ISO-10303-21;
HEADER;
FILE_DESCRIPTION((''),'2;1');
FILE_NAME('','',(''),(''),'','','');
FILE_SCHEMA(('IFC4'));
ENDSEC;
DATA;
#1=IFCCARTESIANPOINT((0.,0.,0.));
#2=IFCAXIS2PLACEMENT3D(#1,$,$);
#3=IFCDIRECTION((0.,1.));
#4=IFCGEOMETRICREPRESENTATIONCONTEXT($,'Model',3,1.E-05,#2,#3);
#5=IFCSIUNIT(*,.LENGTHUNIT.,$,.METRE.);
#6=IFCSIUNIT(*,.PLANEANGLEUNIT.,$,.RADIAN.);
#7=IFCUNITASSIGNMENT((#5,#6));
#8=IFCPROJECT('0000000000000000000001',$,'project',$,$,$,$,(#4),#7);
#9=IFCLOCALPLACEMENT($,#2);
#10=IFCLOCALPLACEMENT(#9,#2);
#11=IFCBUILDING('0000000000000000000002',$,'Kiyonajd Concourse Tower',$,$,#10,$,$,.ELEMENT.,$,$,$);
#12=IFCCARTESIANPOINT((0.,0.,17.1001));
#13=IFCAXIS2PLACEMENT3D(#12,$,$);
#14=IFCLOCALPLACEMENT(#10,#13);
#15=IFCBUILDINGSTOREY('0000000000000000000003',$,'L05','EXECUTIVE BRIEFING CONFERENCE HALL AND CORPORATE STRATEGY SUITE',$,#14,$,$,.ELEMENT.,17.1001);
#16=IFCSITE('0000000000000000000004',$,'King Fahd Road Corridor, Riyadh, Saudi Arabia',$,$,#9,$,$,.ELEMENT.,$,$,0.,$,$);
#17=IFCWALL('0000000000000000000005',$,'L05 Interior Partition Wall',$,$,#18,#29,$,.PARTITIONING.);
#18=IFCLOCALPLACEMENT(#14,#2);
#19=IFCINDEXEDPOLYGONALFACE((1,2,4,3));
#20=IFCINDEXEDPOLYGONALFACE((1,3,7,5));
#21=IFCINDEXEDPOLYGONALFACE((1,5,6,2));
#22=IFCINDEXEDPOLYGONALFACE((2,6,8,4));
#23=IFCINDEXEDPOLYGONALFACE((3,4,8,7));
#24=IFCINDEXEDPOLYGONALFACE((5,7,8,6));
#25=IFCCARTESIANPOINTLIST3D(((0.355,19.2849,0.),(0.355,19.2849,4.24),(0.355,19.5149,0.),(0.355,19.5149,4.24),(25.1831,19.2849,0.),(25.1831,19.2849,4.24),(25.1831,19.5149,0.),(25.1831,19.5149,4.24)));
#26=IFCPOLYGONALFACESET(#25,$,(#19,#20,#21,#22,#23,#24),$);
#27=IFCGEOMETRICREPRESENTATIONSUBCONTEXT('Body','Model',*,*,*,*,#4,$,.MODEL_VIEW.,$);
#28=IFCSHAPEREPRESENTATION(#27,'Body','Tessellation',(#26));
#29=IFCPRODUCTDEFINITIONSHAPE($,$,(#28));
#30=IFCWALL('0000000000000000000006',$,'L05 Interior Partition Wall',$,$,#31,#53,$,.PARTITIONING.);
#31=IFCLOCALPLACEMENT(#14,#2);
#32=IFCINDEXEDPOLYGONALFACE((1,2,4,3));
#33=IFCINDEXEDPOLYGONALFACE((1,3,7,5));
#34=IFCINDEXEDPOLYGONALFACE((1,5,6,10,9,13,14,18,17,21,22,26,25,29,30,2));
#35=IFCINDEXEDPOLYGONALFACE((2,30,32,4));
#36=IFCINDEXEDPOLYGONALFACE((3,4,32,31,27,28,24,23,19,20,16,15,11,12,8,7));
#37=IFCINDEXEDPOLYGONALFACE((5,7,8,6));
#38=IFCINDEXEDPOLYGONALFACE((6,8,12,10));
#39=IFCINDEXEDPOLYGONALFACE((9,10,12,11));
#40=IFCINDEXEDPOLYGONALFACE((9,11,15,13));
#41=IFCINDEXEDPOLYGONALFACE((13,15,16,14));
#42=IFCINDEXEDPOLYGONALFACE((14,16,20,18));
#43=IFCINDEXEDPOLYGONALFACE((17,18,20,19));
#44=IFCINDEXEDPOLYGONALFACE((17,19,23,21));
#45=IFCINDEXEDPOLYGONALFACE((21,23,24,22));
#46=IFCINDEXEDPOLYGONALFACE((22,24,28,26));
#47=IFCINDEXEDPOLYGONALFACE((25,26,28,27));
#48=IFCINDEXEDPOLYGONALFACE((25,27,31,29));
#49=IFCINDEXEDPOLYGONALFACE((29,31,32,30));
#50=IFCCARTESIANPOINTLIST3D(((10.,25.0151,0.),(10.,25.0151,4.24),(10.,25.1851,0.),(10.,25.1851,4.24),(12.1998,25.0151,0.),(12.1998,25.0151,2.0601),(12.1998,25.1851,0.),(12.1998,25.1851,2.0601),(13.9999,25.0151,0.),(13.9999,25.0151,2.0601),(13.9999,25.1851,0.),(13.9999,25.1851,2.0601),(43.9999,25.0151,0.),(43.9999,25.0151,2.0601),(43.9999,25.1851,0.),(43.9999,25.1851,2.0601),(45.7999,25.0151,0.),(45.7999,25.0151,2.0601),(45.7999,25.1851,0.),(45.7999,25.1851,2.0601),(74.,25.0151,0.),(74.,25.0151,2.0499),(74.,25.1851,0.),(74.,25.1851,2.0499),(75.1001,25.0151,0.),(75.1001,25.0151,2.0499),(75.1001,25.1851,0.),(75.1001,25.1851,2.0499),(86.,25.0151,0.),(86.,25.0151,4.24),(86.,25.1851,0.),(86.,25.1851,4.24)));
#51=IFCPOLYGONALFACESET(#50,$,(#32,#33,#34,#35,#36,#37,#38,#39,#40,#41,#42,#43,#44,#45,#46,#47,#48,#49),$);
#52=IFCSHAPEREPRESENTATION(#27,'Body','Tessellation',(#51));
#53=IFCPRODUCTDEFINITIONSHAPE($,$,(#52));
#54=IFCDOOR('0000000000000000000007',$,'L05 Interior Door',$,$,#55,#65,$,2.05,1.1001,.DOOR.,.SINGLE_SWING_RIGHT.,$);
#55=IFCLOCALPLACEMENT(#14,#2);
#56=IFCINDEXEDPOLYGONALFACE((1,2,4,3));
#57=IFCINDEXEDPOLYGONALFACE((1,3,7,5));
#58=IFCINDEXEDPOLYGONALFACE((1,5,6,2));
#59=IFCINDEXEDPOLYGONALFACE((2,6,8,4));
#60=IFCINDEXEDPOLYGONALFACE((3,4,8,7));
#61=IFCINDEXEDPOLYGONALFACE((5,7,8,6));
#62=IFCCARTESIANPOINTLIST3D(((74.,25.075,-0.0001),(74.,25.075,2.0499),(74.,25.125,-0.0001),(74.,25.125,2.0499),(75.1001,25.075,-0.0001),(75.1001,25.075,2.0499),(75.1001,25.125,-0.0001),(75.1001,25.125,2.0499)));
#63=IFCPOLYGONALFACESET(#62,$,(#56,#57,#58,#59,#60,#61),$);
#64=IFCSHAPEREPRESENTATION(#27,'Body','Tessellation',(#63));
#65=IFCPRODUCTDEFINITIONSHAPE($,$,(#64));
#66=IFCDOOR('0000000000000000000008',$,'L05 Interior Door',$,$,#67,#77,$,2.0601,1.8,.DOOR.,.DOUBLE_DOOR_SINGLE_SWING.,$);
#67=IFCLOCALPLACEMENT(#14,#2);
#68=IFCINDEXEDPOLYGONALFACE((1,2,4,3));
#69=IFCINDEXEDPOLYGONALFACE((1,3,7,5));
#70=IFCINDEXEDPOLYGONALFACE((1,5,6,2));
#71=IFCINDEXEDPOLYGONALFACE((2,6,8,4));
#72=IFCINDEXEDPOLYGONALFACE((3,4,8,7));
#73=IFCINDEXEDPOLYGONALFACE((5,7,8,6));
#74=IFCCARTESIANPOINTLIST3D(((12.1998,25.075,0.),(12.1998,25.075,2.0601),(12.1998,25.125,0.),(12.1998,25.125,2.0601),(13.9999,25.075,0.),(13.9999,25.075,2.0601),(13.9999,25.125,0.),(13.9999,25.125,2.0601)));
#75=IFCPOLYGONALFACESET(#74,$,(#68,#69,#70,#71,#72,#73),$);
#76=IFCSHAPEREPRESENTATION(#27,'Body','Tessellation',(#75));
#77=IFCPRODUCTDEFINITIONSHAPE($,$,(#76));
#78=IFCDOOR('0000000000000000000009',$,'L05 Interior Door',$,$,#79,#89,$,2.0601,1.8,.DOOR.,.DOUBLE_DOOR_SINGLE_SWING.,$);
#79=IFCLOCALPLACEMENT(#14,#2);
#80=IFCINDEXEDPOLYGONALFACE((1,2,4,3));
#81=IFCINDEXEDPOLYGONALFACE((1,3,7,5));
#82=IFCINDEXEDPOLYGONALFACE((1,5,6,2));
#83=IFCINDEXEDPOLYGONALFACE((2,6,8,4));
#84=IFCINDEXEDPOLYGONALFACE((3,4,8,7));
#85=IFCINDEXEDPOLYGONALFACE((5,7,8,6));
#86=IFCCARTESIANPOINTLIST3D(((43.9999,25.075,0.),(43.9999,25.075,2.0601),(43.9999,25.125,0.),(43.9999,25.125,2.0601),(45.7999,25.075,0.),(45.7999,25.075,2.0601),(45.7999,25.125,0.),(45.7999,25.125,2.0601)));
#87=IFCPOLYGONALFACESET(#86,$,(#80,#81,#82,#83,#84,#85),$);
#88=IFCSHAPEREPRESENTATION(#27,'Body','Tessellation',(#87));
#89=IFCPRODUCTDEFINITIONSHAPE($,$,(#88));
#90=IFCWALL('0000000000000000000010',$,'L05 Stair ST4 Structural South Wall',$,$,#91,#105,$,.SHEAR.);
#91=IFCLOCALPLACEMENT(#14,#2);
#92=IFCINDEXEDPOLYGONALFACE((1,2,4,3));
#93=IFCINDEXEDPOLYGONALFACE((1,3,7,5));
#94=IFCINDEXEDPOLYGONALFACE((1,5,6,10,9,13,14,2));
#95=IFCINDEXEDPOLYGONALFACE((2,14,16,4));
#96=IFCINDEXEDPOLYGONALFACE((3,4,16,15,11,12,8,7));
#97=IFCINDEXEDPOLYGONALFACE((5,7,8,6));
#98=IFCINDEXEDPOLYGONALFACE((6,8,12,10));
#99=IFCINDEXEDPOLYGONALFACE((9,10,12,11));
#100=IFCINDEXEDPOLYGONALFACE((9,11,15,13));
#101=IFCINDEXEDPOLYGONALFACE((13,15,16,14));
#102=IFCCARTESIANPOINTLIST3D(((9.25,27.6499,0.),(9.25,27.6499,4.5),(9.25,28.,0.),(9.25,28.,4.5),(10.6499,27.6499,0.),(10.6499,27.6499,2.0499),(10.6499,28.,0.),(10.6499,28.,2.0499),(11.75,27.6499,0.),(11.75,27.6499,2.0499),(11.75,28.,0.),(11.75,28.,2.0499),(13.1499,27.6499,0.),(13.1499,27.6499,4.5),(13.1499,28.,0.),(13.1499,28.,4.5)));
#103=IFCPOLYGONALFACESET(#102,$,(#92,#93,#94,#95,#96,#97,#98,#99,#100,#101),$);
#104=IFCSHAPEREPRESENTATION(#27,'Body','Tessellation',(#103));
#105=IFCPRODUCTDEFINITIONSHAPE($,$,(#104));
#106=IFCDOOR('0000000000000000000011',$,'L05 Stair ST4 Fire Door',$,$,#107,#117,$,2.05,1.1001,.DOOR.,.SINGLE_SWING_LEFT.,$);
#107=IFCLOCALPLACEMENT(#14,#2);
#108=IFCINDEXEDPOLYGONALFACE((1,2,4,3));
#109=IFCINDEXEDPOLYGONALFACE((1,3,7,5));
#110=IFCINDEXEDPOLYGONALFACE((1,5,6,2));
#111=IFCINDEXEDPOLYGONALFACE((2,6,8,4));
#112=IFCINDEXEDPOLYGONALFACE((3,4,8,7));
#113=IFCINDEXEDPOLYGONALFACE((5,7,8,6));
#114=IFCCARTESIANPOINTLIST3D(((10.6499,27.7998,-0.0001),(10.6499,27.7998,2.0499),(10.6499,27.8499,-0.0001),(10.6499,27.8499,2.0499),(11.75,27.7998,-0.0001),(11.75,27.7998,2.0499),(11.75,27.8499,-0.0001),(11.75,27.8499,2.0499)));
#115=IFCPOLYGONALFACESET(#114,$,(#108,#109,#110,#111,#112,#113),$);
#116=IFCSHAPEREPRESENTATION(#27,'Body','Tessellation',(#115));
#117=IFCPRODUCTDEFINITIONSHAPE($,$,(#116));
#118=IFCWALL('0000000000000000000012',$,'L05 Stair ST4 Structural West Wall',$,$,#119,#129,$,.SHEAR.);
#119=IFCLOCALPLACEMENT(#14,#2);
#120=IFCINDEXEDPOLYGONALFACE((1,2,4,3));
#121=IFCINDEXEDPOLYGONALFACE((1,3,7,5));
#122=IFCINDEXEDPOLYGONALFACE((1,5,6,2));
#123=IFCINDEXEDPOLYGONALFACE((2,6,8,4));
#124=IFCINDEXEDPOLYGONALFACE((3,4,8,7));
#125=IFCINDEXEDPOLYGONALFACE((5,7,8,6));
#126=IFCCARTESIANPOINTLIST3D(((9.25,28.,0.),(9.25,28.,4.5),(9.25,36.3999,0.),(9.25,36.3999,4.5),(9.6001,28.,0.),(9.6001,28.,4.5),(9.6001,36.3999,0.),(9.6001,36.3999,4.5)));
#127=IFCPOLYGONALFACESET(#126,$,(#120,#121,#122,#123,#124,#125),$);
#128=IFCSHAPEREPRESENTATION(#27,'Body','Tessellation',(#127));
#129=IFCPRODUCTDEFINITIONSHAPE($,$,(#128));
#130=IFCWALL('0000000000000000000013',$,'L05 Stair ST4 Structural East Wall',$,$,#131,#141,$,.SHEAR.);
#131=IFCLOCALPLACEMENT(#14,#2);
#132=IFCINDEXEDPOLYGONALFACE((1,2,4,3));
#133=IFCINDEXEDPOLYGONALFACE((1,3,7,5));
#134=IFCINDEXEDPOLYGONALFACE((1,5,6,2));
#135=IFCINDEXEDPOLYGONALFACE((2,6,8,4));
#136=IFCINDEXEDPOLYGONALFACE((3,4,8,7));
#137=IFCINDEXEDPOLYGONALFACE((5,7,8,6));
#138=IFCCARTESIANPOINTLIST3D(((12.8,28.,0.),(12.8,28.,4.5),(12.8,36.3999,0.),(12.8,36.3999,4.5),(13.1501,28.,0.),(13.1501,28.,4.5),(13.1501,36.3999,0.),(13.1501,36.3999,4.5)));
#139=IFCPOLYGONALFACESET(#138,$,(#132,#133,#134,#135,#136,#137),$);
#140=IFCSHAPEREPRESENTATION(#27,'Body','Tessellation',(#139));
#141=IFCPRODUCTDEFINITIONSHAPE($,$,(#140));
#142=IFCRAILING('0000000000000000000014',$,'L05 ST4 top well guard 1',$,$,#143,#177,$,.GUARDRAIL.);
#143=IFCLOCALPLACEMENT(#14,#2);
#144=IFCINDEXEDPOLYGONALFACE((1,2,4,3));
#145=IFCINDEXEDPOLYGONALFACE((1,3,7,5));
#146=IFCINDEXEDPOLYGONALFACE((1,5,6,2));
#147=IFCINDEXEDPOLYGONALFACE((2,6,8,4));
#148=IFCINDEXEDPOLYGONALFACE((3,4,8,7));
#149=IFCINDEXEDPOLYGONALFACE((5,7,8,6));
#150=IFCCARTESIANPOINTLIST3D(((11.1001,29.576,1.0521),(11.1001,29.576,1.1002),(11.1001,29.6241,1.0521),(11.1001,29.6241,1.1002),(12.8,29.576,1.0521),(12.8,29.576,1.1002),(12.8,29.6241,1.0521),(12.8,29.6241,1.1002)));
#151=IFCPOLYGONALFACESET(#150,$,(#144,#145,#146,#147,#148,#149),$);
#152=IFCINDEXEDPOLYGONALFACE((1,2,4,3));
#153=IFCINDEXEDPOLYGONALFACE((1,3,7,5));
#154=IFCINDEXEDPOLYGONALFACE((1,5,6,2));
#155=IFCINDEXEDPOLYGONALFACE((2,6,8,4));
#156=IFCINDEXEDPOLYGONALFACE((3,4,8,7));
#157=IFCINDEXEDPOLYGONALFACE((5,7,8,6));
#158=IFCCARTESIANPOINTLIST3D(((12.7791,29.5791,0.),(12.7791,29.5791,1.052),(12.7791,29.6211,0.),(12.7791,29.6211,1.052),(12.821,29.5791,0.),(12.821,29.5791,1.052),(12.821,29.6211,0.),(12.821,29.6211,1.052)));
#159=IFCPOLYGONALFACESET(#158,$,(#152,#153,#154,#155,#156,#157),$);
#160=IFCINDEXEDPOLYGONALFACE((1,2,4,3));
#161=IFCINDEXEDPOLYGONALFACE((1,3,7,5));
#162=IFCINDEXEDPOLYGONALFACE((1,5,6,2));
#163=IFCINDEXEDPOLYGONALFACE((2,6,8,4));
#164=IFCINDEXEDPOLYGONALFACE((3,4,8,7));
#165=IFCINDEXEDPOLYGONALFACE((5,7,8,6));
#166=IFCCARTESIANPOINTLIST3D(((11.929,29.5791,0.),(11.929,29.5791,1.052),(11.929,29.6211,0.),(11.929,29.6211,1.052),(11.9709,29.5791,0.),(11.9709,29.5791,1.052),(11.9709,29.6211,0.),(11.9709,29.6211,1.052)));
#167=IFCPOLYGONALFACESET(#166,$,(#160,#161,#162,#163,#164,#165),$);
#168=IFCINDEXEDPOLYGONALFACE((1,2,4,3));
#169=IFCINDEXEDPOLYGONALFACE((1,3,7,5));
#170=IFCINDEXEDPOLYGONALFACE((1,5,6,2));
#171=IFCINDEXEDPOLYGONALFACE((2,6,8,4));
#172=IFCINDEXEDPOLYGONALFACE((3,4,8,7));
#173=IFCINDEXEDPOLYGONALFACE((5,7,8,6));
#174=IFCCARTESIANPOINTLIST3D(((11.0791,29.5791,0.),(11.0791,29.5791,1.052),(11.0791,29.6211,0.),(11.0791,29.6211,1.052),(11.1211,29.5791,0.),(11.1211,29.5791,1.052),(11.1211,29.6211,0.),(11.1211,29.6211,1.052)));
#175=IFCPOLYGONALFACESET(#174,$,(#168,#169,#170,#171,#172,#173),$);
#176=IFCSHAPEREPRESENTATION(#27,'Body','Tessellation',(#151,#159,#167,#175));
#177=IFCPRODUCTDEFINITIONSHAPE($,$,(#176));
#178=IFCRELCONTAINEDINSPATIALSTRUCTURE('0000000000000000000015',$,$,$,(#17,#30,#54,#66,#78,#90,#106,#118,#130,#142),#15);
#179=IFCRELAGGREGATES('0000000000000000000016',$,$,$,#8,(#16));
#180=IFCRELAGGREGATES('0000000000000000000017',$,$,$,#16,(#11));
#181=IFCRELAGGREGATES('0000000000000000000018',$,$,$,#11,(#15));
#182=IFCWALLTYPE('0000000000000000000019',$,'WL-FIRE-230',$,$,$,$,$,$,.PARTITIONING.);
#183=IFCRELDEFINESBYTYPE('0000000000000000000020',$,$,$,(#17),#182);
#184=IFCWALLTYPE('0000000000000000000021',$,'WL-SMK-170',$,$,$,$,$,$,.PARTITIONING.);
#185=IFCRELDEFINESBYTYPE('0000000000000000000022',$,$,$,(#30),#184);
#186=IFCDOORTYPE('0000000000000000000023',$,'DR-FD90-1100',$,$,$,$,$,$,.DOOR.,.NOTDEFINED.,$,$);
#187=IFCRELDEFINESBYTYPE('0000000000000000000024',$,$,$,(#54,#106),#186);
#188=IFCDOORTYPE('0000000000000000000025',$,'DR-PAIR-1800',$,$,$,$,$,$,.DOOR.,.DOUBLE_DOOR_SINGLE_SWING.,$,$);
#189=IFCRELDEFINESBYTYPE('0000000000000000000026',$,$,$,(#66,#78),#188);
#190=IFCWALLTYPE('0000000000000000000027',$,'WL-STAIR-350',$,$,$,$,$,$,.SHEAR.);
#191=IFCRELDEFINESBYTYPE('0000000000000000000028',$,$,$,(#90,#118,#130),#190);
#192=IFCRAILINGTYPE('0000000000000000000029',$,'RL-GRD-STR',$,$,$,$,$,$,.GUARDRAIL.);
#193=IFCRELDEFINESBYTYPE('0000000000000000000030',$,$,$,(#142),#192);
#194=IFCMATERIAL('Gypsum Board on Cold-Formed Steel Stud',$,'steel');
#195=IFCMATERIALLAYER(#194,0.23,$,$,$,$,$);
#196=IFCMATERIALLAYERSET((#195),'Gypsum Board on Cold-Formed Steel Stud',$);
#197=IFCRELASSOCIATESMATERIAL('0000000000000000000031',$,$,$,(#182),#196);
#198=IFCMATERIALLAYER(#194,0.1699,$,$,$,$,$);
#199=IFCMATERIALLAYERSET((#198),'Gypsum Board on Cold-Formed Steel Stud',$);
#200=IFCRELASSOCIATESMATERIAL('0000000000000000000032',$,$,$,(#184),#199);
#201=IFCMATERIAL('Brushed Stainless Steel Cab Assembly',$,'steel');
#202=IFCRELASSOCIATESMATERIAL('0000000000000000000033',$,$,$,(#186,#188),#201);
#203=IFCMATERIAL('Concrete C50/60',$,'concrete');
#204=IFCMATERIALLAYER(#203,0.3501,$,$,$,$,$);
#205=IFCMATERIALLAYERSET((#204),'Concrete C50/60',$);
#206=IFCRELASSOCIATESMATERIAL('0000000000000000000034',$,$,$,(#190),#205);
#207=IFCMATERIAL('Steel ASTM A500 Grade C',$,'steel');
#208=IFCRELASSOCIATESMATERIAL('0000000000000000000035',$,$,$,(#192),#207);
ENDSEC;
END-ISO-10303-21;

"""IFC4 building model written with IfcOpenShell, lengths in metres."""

from ifc_helpers import new_model, si_unit, direction, frame, frame_2d, origin, origin_2d, place, context, subcontext, project, spatial, rectangle, extrude, material, layer, layer_set, type_object, element, fill, save


model = new_model("IFC4")

# Units and contexts
model_context = context("Model", 3, precision=1e-05, world=origin(), true_north=direction((0.0, 1.0)))
body_context = subcontext(model_context, "Body", "Model", "MODEL_VIEW")
ifc_project = project(units=[si_unit("LENGTHUNIT", "METRE"), si_unit("PLANEANGLEUNIT", "RADIAN")], contexts=[model_context])

# Site, building, storey
site_placement = place(None, origin())
site = spatial("IfcSite", under=ifc_project, at=site_placement, Name="King Fahd Road Corridor, Riyadh, Saudi Arabia", CompositionType="ELEMENT", RefElevation=0.0)
building_placement = place(site_placement, origin())
building = spatial("IfcBuilding", under=site, at=building_placement, Name="Kiyonajd Concourse Tower", CompositionType="ELEMENT")
storey_placement = place(building_placement, frame((0.0, 0.0, 17.1001)))
storey = spatial("IfcBuildingStorey", under=building, at=storey_placement, Name="L05", Description="EXECUTIVE BRIEFING CONFERENCE HALL AND CORPORATE STRATEGY SUITE", CompositionType="ELEMENT", Elevation=17.1001)

# Shared definitions
ifc_material_1 = material(Name="Concrete C50/60", Category="concrete")

# Shared definitions
ifc_material_2 = material(Name="Steel ASTM A500 Grade C", Category="steel")

# Wall
ifc_material_3 = material(Name="Gypsum Board on Cold-Formed Steel Stud", Category="steel")
ifc_layer_1 = layer(ifc_material_3, 0.23)
ifc_layer_set_1 = layer_set([ifc_layer_1], Name="Gypsum Board on Cold-Formed Steel Stud")
wall_type_1 = type_object("IfcWallType", Name="WL-FIRE-230", PredefinedType="PARTITIONING", material=ifc_layer_set_1)
wall_1_placement = place(storey_placement, frame((0.355, 19.3999, 0.0), z_axis=(0.0, 0.0, 1.0), x_axis=(1.0, 0.0, 0.0)))
element("IfcWall", 1, at=wall_1_placement, inside=storey, type_object=wall_type_1, Name="L05 Interior Partition Wall", PredefinedType="PARTITIONING", context=body_context, shape_type="SweptSolid", body=[
    extrude(rectangle(XDim=24.8281, YDim=0.23, at=frame_2d((12.4141, 0.0))), origin(), (0.0, 0.0, 1.0), 4.24),
])

# Wall, openings, doors
ifc_layer_2 = layer(ifc_material_3, 0.1699)
ifc_layer_set_2 = layer_set([ifc_layer_2], Name="Gypsum Board on Cold-Formed Steel Stud")
wall_type_2 = type_object("IfcWallType", Name="WL-SMK-170", PredefinedType="PARTITIONING", material=ifc_layer_set_2)
wall_2_placement = place(storey_placement, frame((10.0, 25.1001, 0.0), z_axis=(0.0, 0.0, 1.0), x_axis=(1.0, 0.0, 0.0)))
wall_2 = element("IfcWall", 2, at=wall_2_placement, inside=storey, type_object=wall_type_2, Name="L05 Interior Partition Wall", PredefinedType="PARTITIONING", context=body_context, shape_type="SweptSolid", body=[
    extrude(rectangle(XDim=76.0, YDim=0.1699, at=frame_2d((38.0, 0.0))), origin(), (0.0, 0.0, 1.0), 4.24),
])
opening_1_placement = place(wall_2_placement, frame((2.2, 0.0, 0.0)))
opening_1 = element("IfcOpeningElement", 3, at=opening_1_placement, cuts=wall_2, PredefinedType="OPENING", context=body_context, shape_type="SweptSolid", body=[
    extrude(rectangle(XDim=1.8, YDim=2.0601, at=frame_2d((0.8999, 1.03))), frame((0.0, 0.095, 0.0), z_axis=(0.0, -1.0, 0.0), x_axis=(1.0, 0.0, 0.0)), (0.0, 0.0, 1.0), 0.1899),
])
opening_2_placement = place(wall_2_placement, frame((34.0, 0.0, 0.0)))
opening_2 = element("IfcOpeningElement", 4, at=opening_2_placement, cuts=wall_2, PredefinedType="OPENING", context=body_context, shape_type="SweptSolid", body=[
    extrude(rectangle(XDim=1.8, YDim=2.0601, at=frame_2d((0.8999, 1.03))), frame((0.0, 0.095, 0.0), z_axis=(0.0, -1.0, 0.0), x_axis=(1.0, 0.0, 0.0)), (0.0, 0.0, 1.0), 0.1899),
])
opening_3_placement = place(wall_2_placement, frame((64.0, 0.0, 0.0)))
opening_3 = element("IfcOpeningElement", 5, at=opening_3_placement, cuts=wall_2, PredefinedType="OPENING", context=body_context, shape_type="SweptSolid", body=[
    extrude(rectangle(XDim=1.1001, YDim=2.05, at=frame_2d((0.55, 1.0249))), frame((0.0, 0.095, 0.0), z_axis=(0.0, -1.0, 0.0), x_axis=(1.0, 0.0, 0.0)), (0.0, 0.0, 1.0), 0.1899),
])
ifc_material_4 = material(Name="Brushed Stainless Steel Cab Assembly", Category="steel")
door_type_1 = type_object("IfcDoorType", Name="DR-FD90-1100", OperationType="NOTDEFINED", PredefinedType="DOOR", material=ifc_material_4)
door_1_placement = place(opening_3_placement, origin())
door_1 = element("IfcDoor", 6, at=door_1_placement, inside=storey, type_object=door_type_1, Name="L05 Interior Door", OperationType="SINGLE_SWING_RIGHT", OverallHeight=2.05, OverallWidth=1.1001, PredefinedType="DOOR", context=body_context, shape_type="SweptSolid", body=[
    extrude(rectangle(XDim=1.1001, YDim=2.05, at=frame_2d((0.55, 1.0249))), frame((0.0, 0.0249, 0.0), z_axis=(0.0, -1.0, 0.0), x_axis=(1.0, 0.0, 0.0)), (0.0, 0.0, 1.0), 0.05),
])
fill(opening_3, door_1)
door_type_2 = type_object("IfcDoorType", Name="DR-PAIR-1800", OperationType="DOUBLE_DOOR_SINGLE_SWING", PredefinedType="DOOR", material=ifc_material_4)
door_2_placement = place(opening_1_placement, origin())
door_2 = element("IfcDoor", 7, at=door_2_placement, inside=storey, type_object=door_type_2, Name="L05 Interior Door", OperationType="DOUBLE_DOOR_SINGLE_SWING", OverallHeight=2.0601, OverallWidth=1.8, PredefinedType="DOOR", context=body_context, shape_type="SweptSolid", body=[
    extrude(rectangle(XDim=1.8, YDim=2.0601, at=frame_2d((0.8999, 1.03))), frame((0.0, 0.0249, 0.0), z_axis=(0.0, -1.0, 0.0), x_axis=(1.0, 0.0, 0.0)), (0.0, 0.0, 1.0), 0.05),
])
fill(opening_1, door_2)
door_3_placement = place(opening_2_placement, origin())
door_3 = element("IfcDoor", 8, at=door_3_placement, inside=storey, type_object=door_type_2, Name="L05 Interior Door", OperationType="DOUBLE_DOOR_SINGLE_SWING", OverallHeight=2.0601, OverallWidth=1.8, PredefinedType="DOOR", context=body_context, shape_type="SweptSolid", body=[
    extrude(rectangle(XDim=1.8, YDim=2.0601, at=frame_2d((0.8999, 1.03))), frame((0.0, 0.0249, 0.0), z_axis=(0.0, -1.0, 0.0), x_axis=(1.0, 0.0, 0.0)), (0.0, 0.0, 1.0), 0.05),
])
fill(opening_2, door_3)

# Wall, opening, door
ifc_layer_3 = layer(ifc_material_1, 0.3501)
ifc_layer_set_3 = layer_set([ifc_layer_3], Name="Concrete C50/60")
wall_type_3 = type_object("IfcWallType", Name="WL-STAIR-350", PredefinedType="SHEAR", material=ifc_layer_set_3)
wall_3_placement = place(storey_placement, frame((9.25, 27.825, 0.0), z_axis=(0.0, 0.0, 1.0), x_axis=(1.0, 0.0, 0.0)))
wall_3 = element("IfcWall", 9, at=wall_3_placement, inside=storey, type_object=wall_type_3, Name="L05 Stair ST4 Structural South Wall", PredefinedType="SHEAR", context=body_context, shape_type="SweptSolid", body=[
    extrude(rectangle(XDim=3.8999, YDim=0.3501, at=frame_2d((1.95, 0.0))), origin(), (0.0, 0.0, 1.0), 4.5),
])
opening_4_placement = place(wall_3_placement, frame((1.3999, 0.0, 0.0)))
opening_4 = element("IfcOpeningElement", 10, at=opening_4_placement, cuts=wall_3, PredefinedType="OPENING", context=body_context, shape_type="SweptSolid", body=[
    extrude(rectangle(XDim=1.1001, YDim=2.05, at=frame_2d((0.55, 1.0249))), frame((0.0, 0.1851, 0.0), z_axis=(0.0, -1.0, 0.0), x_axis=(1.0, 0.0, 0.0)), (0.0, 0.0, 1.0), 0.3701),
])
door_4_placement = place(opening_4_placement, origin())
door_4 = element("IfcDoor", 11, at=door_4_placement, inside=storey, type_object=door_type_1, Name="L05 Stair ST4 Fire Door", OperationType="SINGLE_SWING_LEFT", OverallHeight=2.05, OverallWidth=1.1001, PredefinedType="DOOR", context=body_context, shape_type="SweptSolid", body=[
    extrude(rectangle(XDim=1.1001, YDim=2.05, at=frame_2d((0.55, 1.0249))), frame((0.0, 0.0249, 0.0), z_axis=(0.0, -1.0, 0.0), x_axis=(1.0, 0.0, 0.0)), (0.0, 0.0, 1.0), 0.05),
])
fill(opening_4, door_4)

# Walls
for number, where, z_axis, x_axis, name in (
    (12, (9.425, 28.0, 0.0), (0.0, 0.0, 1.0), (0.0, 1.0, 0.0), "L05 Stair ST4 Structural West Wall"),
    (13, (12.9751, 28.0, 0.0), (0.0, 0.0, 1.0), (0.0, 1.0, 0.0), "L05 Stair ST4 Structural East Wall"),
):
    element("IfcWall", number, at=place(storey_placement, frame(where, z_axis=z_axis, x_axis=x_axis)), inside=storey, type_object=wall_type_3, Name=name, PredefinedType="SHEAR", context=body_context, shape_type="SweptSolid", body=[
        extrude(rectangle(XDim=8.3999, YDim=0.3501, at=frame_2d((4.2, 0.0))), origin(), (0.0, 0.0, 1.0), 4.5),
    ])

# Railing
railing_type = type_object("IfcRailingType", Name="RL-GRD-STR", PredefinedType="GUARDRAIL", material=ifc_material_2)
railing_placement = place(storey_placement, frame((12.8, 29.6001, 0.0)))
element("IfcRailing", 14, at=railing_placement, inside=storey, type_object=railing_type, Name="L05 ST4 top well guard 1", PredefinedType="GUARDRAIL", context=body_context, shape_type="SweptSolid", body=[
    extrude(rectangle(XDim=0.0481, YDim=0.0481, at=origin_2d()), frame((0.0, 0.0, 1.0762), z_axis=(-1.0, 0.0, 0.0), x_axis=(0.0, -1.0, 0.0)), (0.0, 0.0, 1.0), 1.7),
    extrude(rectangle(XDim=0.042, YDim=0.042, at=origin_2d()), origin(), (0.0, 0.0, 1.0), 1.052),
    extrude(rectangle(XDim=0.042, YDim=0.042, at=origin_2d()), frame((-0.8501, 0.0, 0.0)), (0.0, 0.0, 1.0), 1.052),
    extrude(rectangle(XDim=0.042, YDim=0.042, at=origin_2d()), frame((-1.7, 0.0, 0.0)), (0.0, 0.0, 1.0), 1.052),
])

save(model, "model.ifc")
